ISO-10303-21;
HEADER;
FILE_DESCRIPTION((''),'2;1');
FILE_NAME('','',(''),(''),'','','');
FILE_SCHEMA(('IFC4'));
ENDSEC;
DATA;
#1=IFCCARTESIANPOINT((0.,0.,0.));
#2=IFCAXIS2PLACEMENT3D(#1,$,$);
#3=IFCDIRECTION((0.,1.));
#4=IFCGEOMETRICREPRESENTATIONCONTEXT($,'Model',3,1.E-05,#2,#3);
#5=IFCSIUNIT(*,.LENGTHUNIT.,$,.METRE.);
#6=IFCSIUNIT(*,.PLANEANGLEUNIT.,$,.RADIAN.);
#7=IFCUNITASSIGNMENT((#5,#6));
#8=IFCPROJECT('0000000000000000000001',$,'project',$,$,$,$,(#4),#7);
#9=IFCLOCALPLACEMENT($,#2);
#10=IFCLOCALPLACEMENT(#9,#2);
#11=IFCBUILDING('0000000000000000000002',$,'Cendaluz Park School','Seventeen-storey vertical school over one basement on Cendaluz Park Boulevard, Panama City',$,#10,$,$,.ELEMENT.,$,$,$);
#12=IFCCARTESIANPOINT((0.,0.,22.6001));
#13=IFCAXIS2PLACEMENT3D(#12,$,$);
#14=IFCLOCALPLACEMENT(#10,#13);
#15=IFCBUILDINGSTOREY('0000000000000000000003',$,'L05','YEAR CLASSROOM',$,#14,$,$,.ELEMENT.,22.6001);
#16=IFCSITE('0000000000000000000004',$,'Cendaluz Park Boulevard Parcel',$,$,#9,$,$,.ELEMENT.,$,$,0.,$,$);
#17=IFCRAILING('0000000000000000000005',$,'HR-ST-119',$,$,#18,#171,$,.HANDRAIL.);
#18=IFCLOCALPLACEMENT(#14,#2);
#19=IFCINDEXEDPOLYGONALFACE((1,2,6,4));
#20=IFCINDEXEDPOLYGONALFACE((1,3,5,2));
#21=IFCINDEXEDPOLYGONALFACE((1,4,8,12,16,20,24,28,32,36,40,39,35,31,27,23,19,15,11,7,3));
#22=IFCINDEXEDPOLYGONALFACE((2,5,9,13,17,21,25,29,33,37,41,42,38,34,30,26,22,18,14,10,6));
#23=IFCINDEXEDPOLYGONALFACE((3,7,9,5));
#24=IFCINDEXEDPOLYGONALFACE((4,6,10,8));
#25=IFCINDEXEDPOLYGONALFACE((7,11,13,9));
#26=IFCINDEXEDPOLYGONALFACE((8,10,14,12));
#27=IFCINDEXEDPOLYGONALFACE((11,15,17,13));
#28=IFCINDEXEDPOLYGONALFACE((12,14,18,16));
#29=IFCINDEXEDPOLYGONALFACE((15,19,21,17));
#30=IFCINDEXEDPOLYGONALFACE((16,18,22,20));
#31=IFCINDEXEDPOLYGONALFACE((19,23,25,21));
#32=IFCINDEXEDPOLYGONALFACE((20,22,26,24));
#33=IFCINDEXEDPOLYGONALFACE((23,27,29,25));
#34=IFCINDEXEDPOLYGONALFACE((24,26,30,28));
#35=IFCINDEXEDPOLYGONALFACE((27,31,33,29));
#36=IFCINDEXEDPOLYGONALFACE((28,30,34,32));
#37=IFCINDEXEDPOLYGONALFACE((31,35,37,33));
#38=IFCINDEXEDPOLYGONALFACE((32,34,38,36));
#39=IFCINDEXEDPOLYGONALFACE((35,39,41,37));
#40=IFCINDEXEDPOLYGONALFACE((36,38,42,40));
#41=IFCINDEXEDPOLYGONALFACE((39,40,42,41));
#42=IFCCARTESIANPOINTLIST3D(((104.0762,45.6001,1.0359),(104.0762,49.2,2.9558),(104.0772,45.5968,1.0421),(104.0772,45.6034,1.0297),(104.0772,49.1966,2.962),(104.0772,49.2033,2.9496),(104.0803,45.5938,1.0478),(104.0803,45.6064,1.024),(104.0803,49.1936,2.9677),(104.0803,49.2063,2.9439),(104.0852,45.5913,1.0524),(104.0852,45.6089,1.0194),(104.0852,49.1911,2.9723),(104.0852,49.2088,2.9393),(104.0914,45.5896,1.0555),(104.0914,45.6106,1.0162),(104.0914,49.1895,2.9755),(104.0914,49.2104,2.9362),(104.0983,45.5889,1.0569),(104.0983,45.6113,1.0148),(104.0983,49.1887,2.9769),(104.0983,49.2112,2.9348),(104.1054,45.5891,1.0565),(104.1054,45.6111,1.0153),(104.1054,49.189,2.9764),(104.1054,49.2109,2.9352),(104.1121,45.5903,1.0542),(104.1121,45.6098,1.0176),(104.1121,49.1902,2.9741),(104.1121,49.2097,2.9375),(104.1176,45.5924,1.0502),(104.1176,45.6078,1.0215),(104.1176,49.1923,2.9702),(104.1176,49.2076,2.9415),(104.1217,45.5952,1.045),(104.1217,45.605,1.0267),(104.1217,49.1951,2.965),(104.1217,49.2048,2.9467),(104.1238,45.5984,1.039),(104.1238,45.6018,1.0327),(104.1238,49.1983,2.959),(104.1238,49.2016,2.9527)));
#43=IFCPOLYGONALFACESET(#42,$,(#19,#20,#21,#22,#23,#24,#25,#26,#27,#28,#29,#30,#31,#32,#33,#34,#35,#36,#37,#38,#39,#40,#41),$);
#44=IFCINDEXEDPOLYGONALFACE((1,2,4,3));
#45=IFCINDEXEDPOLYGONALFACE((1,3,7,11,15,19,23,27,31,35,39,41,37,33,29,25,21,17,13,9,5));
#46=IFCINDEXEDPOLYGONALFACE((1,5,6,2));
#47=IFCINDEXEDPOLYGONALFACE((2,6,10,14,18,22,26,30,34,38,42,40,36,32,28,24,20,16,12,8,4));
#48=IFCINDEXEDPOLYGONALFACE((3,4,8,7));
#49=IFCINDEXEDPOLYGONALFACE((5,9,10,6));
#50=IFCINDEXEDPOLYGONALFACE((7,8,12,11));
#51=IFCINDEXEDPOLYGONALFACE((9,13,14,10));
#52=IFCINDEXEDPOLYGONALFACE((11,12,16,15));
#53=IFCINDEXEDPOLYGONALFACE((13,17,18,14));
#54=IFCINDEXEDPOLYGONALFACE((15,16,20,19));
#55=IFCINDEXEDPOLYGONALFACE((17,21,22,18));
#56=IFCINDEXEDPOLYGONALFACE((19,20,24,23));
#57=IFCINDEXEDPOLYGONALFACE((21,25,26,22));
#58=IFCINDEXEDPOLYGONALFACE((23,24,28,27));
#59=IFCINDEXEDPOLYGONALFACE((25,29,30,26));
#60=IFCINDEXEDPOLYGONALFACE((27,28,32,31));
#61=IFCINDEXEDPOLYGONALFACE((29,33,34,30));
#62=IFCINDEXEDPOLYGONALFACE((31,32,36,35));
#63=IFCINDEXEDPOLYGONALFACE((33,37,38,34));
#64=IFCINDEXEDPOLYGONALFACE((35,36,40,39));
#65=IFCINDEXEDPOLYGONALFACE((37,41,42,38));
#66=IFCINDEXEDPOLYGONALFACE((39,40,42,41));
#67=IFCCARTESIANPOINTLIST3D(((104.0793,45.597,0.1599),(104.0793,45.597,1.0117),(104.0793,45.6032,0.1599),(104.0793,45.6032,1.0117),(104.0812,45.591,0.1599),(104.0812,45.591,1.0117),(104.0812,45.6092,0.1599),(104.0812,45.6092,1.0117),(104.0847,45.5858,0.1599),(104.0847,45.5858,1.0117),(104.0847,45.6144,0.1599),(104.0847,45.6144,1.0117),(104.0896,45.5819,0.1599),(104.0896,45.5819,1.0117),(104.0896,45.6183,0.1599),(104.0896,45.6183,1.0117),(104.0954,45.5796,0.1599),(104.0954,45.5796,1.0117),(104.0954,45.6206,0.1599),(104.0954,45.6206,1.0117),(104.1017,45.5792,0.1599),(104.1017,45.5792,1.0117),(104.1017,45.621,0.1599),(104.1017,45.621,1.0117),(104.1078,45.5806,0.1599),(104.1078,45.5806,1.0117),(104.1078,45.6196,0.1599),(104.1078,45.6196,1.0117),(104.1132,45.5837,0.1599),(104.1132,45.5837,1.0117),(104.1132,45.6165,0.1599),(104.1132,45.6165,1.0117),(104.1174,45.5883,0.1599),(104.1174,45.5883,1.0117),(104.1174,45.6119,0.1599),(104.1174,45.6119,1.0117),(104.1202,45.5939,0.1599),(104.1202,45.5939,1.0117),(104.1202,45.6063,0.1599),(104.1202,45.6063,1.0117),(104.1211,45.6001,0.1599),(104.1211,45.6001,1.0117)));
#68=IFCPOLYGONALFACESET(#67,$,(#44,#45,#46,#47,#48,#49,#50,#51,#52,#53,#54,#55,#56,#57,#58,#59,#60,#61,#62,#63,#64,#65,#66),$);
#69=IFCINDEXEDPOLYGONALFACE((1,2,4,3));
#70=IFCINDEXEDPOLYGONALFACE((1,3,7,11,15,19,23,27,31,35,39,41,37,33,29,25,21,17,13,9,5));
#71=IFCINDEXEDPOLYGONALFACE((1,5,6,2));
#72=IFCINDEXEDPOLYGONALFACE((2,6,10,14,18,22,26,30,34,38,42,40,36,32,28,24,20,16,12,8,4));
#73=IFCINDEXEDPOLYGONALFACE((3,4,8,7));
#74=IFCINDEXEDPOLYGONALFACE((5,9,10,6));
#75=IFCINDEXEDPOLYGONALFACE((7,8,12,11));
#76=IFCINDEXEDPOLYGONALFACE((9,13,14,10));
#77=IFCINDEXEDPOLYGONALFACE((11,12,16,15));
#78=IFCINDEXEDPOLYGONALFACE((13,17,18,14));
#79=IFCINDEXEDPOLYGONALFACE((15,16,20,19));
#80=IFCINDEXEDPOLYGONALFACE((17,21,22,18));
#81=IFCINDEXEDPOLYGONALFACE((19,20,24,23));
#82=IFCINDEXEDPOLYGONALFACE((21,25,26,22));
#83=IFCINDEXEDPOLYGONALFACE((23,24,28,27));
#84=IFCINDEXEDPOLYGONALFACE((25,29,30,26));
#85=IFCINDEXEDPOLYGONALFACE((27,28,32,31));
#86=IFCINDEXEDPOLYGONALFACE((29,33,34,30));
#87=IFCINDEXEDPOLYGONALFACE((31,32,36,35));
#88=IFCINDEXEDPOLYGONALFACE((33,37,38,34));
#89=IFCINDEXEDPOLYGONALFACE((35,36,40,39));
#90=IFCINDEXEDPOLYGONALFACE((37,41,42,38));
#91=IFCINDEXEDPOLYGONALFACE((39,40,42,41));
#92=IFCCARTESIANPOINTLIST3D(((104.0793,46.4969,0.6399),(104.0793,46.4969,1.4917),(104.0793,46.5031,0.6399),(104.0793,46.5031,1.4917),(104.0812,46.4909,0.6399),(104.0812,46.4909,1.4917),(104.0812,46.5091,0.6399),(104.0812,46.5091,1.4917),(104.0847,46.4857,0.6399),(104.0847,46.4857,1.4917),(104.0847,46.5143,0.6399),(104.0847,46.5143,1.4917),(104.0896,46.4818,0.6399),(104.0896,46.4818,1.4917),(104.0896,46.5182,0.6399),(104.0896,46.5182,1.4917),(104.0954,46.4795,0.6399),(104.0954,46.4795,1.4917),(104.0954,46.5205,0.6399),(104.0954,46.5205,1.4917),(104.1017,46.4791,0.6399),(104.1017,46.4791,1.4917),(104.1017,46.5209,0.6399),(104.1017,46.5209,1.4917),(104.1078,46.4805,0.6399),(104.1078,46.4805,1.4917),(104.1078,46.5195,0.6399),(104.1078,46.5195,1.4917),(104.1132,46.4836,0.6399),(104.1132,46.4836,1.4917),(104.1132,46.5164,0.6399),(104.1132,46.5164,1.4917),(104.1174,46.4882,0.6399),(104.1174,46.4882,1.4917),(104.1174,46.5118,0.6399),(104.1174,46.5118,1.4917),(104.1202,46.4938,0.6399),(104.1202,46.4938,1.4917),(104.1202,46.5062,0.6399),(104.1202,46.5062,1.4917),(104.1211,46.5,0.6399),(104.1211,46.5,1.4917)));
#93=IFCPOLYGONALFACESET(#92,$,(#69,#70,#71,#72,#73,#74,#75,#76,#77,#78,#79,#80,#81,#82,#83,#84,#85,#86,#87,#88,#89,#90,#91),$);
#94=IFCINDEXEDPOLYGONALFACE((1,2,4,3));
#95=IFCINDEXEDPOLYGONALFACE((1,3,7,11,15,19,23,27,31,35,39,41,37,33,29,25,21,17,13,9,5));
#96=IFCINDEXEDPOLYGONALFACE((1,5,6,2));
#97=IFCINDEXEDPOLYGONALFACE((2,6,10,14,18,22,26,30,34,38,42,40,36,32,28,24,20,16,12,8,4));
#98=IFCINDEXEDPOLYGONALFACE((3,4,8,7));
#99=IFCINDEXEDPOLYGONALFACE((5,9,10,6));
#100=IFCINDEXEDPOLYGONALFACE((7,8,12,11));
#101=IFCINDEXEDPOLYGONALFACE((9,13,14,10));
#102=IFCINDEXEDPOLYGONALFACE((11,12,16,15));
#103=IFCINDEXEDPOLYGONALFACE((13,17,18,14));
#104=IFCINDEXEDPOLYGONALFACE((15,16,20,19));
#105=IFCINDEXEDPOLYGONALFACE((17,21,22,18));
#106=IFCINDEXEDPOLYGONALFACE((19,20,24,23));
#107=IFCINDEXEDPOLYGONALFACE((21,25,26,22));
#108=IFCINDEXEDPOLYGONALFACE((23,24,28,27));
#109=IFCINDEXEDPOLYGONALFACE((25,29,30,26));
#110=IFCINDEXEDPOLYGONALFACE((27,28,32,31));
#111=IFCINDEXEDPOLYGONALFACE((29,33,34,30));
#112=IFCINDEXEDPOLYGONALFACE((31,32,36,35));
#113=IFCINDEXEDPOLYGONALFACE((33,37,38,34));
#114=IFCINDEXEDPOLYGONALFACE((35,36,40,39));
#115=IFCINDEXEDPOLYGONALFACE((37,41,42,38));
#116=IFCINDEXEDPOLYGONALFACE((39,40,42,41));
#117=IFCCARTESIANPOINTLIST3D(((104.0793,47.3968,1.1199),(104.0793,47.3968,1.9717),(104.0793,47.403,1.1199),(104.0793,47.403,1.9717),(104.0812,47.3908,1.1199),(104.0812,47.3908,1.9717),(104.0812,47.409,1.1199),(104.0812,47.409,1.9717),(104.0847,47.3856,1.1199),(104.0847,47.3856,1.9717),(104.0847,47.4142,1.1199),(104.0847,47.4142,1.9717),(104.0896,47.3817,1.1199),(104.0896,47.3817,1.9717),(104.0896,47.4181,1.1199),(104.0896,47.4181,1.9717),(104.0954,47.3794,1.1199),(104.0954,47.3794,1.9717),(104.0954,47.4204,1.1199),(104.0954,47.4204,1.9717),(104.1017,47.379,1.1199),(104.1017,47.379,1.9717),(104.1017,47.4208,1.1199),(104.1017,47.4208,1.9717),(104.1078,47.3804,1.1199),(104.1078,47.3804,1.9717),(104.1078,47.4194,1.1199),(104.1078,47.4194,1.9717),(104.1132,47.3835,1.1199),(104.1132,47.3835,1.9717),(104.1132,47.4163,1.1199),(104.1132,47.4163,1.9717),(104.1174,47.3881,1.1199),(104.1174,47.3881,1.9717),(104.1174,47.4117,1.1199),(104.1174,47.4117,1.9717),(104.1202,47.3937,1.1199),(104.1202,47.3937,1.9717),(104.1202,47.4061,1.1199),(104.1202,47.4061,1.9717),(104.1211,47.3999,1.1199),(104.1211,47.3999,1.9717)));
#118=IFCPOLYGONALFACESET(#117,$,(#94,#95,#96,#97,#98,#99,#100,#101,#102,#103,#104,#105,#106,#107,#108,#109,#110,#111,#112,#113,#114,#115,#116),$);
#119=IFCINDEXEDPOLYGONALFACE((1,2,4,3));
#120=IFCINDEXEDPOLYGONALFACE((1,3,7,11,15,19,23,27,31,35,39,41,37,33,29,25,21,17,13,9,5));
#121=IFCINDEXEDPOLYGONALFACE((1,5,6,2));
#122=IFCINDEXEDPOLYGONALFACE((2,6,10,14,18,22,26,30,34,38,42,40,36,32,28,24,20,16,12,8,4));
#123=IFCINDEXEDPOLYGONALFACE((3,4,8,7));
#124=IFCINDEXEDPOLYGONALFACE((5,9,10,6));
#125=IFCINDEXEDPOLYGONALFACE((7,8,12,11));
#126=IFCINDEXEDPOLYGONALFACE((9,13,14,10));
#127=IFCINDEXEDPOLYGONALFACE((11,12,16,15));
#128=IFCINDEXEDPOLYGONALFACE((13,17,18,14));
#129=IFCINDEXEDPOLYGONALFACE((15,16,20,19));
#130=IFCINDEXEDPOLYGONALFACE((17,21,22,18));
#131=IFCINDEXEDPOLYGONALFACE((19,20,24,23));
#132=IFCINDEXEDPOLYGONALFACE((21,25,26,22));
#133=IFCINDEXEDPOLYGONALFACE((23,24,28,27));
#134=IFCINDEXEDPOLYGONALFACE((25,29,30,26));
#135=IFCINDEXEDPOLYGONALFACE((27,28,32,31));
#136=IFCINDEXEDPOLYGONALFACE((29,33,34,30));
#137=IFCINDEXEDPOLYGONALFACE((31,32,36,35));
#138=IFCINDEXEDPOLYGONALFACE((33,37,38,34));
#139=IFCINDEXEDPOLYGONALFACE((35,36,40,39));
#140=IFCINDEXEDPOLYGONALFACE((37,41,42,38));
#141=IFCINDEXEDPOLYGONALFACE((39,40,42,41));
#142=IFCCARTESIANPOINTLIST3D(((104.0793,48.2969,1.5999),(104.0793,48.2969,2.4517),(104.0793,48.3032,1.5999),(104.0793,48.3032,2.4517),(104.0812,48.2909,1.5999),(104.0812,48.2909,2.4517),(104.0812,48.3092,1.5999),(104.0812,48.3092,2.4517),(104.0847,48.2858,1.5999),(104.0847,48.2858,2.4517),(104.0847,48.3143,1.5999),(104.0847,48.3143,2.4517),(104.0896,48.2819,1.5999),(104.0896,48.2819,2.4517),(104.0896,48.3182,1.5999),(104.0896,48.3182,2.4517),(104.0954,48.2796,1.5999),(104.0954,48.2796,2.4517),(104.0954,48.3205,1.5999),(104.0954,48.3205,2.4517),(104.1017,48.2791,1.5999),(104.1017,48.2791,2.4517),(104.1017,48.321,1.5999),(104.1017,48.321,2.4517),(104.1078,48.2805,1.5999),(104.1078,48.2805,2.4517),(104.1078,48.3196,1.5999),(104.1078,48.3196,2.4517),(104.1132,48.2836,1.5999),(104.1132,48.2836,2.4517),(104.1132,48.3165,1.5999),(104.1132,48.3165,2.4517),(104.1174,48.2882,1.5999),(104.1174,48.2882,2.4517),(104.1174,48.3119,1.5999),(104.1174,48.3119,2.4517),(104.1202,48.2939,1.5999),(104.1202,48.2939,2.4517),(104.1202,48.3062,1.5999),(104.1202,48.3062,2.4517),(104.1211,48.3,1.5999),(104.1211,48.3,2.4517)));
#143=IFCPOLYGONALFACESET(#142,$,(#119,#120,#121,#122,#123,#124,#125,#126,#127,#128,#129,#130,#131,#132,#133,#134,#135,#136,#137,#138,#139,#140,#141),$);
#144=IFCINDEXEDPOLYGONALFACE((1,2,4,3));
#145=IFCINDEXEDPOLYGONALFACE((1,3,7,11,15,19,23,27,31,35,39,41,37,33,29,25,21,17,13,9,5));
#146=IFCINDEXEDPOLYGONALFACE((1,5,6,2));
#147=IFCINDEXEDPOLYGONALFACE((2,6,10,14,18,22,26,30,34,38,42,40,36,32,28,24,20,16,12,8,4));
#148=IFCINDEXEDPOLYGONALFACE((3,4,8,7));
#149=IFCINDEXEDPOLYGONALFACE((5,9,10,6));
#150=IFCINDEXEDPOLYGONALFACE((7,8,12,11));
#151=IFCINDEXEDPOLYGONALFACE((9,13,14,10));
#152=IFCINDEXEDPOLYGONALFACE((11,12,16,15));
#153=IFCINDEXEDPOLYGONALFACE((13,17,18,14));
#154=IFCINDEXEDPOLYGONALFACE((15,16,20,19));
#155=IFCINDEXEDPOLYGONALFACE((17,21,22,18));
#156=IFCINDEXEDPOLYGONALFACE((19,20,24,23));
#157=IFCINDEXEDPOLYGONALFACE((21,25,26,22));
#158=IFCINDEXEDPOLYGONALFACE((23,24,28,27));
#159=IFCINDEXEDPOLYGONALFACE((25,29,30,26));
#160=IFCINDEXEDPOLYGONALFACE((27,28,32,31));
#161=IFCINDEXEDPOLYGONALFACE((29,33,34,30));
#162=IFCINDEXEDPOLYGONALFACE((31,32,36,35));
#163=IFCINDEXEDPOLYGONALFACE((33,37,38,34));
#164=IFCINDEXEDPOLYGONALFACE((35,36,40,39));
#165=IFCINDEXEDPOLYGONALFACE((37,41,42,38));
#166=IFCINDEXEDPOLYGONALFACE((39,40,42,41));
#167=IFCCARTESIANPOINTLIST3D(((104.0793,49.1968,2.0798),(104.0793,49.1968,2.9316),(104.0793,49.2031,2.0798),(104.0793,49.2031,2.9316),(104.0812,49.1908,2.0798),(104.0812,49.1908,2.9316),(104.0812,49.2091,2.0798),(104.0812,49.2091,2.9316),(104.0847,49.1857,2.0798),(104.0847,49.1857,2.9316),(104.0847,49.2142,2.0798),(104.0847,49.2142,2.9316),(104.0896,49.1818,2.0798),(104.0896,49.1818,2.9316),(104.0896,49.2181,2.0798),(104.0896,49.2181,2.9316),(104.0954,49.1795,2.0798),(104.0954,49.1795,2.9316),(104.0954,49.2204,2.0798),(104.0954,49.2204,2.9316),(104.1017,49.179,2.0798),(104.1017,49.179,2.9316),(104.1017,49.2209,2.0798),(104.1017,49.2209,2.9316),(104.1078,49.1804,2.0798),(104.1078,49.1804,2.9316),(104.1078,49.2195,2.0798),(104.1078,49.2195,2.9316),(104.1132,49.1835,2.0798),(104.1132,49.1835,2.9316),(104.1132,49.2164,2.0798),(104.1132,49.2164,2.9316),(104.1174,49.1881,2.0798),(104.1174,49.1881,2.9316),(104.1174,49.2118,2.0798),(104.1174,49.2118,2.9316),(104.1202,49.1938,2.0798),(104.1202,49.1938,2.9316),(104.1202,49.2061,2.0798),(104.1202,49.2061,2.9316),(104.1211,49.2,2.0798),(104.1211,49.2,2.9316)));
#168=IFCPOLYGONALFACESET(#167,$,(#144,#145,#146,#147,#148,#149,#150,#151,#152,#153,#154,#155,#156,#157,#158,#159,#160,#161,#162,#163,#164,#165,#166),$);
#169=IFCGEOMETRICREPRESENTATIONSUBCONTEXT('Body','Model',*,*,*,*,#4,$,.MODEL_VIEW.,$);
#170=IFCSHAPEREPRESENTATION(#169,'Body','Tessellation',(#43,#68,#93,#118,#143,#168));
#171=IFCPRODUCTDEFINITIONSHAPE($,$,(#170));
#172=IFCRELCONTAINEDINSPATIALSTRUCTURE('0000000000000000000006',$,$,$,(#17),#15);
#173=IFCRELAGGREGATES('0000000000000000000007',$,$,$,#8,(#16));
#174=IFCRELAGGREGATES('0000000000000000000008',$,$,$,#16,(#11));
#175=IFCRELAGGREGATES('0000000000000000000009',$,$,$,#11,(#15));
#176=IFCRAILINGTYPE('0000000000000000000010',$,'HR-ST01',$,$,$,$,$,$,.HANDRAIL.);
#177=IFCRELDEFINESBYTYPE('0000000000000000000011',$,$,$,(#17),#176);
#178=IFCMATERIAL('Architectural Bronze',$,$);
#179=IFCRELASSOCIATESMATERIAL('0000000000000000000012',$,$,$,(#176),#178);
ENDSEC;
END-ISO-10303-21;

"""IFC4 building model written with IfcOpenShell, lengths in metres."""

from ifc_helpers import new_model, si_unit, direction, frame, origin, origin_2d, place, context, subcontext, project, spatial, circle, extrude, material, type_object, element, save


model = new_model("IFC4")

# Units and contexts
model_context = context("Model", 3, precision=1e-05, world=origin(), true_north=direction((0.0, 1.0)))
body_context = subcontext(model_context, "Body", "Model", "MODEL_VIEW")
ifc_project = project(units=[si_unit("LENGTHUNIT", "METRE"), si_unit("PLANEANGLEUNIT", "RADIAN")], contexts=[model_context])

# Site, building, storey
site_placement = place(None, origin())
site = spatial("IfcSite", under=ifc_project, at=site_placement, Name="Cendaluz Park Boulevard Parcel", CompositionType="ELEMENT", RefElevation=0.0)
building_placement = place(site_placement, origin())
building = spatial("IfcBuilding", under=site, at=building_placement, Name="Cendaluz Park School", Description="Seventeen-storey vertical school over one basement on Cendaluz Park Boulevard, Panama City", CompositionType="ELEMENT")
storey_placement = place(building_placement, frame((0.0, 0.0, 22.6001)))
storey = spatial("IfcBuildingStorey", under=building, at=storey_placement, Name="L05", Description="YEAR CLASSROOM", CompositionType="ELEMENT", Elevation=22.6001)

# Railing
ifc_material_1 = material(Name="Architectural Bronze")
railing_type_1 = type_object("IfcRailingType", Name="HR-ST01", PredefinedType="HANDRAIL", material=ifc_material_1)
railing_1_placement = place(storey_placement, frame((104.1001, 45.6001, 0.1599)))
element("IfcRailing", 1, at=railing_1_placement, inside=storey, type_object=railing_type_1, Name="HR-ST-119", PredefinedType="HANDRAIL", context=body_context, shape_type="SweptSolid", body=[
    extrude(circle(Radius=0.0239, at=origin_2d()), frame((0.0, 0.0, 0.876), z_axis=(0.0, 0.882353, 0.470588), x_axis=(-1.0, 0.0, 0.0)), (0.0, 0.0, 1.0), 4.0798),
    extrude(circle(Radius=0.021, at=origin_2d()), origin(), (0.0, 0.0, 1.0), 0.8518),
    extrude(circle(Radius=0.021, at=origin_2d()), frame((0.0, 0.8999, 0.48)), (0.0, 0.0, 1.0), 0.8518),
    extrude(circle(Radius=0.021, at=origin_2d()), frame((0.0, 1.7998, 0.96)), (0.0, 0.0, 1.0), 0.8518),
    extrude(circle(Radius=0.021, at=origin_2d()), frame((0.0, 2.7, 1.4399)), (0.0, 0.0, 1.0), 0.8518),
    extrude(circle(Radius=0.021, at=origin_2d()), frame((0.0, 3.5999, 1.9199)), (0.0, 0.0, 1.0), 0.8518),
])

save(model, "model.ifc")
